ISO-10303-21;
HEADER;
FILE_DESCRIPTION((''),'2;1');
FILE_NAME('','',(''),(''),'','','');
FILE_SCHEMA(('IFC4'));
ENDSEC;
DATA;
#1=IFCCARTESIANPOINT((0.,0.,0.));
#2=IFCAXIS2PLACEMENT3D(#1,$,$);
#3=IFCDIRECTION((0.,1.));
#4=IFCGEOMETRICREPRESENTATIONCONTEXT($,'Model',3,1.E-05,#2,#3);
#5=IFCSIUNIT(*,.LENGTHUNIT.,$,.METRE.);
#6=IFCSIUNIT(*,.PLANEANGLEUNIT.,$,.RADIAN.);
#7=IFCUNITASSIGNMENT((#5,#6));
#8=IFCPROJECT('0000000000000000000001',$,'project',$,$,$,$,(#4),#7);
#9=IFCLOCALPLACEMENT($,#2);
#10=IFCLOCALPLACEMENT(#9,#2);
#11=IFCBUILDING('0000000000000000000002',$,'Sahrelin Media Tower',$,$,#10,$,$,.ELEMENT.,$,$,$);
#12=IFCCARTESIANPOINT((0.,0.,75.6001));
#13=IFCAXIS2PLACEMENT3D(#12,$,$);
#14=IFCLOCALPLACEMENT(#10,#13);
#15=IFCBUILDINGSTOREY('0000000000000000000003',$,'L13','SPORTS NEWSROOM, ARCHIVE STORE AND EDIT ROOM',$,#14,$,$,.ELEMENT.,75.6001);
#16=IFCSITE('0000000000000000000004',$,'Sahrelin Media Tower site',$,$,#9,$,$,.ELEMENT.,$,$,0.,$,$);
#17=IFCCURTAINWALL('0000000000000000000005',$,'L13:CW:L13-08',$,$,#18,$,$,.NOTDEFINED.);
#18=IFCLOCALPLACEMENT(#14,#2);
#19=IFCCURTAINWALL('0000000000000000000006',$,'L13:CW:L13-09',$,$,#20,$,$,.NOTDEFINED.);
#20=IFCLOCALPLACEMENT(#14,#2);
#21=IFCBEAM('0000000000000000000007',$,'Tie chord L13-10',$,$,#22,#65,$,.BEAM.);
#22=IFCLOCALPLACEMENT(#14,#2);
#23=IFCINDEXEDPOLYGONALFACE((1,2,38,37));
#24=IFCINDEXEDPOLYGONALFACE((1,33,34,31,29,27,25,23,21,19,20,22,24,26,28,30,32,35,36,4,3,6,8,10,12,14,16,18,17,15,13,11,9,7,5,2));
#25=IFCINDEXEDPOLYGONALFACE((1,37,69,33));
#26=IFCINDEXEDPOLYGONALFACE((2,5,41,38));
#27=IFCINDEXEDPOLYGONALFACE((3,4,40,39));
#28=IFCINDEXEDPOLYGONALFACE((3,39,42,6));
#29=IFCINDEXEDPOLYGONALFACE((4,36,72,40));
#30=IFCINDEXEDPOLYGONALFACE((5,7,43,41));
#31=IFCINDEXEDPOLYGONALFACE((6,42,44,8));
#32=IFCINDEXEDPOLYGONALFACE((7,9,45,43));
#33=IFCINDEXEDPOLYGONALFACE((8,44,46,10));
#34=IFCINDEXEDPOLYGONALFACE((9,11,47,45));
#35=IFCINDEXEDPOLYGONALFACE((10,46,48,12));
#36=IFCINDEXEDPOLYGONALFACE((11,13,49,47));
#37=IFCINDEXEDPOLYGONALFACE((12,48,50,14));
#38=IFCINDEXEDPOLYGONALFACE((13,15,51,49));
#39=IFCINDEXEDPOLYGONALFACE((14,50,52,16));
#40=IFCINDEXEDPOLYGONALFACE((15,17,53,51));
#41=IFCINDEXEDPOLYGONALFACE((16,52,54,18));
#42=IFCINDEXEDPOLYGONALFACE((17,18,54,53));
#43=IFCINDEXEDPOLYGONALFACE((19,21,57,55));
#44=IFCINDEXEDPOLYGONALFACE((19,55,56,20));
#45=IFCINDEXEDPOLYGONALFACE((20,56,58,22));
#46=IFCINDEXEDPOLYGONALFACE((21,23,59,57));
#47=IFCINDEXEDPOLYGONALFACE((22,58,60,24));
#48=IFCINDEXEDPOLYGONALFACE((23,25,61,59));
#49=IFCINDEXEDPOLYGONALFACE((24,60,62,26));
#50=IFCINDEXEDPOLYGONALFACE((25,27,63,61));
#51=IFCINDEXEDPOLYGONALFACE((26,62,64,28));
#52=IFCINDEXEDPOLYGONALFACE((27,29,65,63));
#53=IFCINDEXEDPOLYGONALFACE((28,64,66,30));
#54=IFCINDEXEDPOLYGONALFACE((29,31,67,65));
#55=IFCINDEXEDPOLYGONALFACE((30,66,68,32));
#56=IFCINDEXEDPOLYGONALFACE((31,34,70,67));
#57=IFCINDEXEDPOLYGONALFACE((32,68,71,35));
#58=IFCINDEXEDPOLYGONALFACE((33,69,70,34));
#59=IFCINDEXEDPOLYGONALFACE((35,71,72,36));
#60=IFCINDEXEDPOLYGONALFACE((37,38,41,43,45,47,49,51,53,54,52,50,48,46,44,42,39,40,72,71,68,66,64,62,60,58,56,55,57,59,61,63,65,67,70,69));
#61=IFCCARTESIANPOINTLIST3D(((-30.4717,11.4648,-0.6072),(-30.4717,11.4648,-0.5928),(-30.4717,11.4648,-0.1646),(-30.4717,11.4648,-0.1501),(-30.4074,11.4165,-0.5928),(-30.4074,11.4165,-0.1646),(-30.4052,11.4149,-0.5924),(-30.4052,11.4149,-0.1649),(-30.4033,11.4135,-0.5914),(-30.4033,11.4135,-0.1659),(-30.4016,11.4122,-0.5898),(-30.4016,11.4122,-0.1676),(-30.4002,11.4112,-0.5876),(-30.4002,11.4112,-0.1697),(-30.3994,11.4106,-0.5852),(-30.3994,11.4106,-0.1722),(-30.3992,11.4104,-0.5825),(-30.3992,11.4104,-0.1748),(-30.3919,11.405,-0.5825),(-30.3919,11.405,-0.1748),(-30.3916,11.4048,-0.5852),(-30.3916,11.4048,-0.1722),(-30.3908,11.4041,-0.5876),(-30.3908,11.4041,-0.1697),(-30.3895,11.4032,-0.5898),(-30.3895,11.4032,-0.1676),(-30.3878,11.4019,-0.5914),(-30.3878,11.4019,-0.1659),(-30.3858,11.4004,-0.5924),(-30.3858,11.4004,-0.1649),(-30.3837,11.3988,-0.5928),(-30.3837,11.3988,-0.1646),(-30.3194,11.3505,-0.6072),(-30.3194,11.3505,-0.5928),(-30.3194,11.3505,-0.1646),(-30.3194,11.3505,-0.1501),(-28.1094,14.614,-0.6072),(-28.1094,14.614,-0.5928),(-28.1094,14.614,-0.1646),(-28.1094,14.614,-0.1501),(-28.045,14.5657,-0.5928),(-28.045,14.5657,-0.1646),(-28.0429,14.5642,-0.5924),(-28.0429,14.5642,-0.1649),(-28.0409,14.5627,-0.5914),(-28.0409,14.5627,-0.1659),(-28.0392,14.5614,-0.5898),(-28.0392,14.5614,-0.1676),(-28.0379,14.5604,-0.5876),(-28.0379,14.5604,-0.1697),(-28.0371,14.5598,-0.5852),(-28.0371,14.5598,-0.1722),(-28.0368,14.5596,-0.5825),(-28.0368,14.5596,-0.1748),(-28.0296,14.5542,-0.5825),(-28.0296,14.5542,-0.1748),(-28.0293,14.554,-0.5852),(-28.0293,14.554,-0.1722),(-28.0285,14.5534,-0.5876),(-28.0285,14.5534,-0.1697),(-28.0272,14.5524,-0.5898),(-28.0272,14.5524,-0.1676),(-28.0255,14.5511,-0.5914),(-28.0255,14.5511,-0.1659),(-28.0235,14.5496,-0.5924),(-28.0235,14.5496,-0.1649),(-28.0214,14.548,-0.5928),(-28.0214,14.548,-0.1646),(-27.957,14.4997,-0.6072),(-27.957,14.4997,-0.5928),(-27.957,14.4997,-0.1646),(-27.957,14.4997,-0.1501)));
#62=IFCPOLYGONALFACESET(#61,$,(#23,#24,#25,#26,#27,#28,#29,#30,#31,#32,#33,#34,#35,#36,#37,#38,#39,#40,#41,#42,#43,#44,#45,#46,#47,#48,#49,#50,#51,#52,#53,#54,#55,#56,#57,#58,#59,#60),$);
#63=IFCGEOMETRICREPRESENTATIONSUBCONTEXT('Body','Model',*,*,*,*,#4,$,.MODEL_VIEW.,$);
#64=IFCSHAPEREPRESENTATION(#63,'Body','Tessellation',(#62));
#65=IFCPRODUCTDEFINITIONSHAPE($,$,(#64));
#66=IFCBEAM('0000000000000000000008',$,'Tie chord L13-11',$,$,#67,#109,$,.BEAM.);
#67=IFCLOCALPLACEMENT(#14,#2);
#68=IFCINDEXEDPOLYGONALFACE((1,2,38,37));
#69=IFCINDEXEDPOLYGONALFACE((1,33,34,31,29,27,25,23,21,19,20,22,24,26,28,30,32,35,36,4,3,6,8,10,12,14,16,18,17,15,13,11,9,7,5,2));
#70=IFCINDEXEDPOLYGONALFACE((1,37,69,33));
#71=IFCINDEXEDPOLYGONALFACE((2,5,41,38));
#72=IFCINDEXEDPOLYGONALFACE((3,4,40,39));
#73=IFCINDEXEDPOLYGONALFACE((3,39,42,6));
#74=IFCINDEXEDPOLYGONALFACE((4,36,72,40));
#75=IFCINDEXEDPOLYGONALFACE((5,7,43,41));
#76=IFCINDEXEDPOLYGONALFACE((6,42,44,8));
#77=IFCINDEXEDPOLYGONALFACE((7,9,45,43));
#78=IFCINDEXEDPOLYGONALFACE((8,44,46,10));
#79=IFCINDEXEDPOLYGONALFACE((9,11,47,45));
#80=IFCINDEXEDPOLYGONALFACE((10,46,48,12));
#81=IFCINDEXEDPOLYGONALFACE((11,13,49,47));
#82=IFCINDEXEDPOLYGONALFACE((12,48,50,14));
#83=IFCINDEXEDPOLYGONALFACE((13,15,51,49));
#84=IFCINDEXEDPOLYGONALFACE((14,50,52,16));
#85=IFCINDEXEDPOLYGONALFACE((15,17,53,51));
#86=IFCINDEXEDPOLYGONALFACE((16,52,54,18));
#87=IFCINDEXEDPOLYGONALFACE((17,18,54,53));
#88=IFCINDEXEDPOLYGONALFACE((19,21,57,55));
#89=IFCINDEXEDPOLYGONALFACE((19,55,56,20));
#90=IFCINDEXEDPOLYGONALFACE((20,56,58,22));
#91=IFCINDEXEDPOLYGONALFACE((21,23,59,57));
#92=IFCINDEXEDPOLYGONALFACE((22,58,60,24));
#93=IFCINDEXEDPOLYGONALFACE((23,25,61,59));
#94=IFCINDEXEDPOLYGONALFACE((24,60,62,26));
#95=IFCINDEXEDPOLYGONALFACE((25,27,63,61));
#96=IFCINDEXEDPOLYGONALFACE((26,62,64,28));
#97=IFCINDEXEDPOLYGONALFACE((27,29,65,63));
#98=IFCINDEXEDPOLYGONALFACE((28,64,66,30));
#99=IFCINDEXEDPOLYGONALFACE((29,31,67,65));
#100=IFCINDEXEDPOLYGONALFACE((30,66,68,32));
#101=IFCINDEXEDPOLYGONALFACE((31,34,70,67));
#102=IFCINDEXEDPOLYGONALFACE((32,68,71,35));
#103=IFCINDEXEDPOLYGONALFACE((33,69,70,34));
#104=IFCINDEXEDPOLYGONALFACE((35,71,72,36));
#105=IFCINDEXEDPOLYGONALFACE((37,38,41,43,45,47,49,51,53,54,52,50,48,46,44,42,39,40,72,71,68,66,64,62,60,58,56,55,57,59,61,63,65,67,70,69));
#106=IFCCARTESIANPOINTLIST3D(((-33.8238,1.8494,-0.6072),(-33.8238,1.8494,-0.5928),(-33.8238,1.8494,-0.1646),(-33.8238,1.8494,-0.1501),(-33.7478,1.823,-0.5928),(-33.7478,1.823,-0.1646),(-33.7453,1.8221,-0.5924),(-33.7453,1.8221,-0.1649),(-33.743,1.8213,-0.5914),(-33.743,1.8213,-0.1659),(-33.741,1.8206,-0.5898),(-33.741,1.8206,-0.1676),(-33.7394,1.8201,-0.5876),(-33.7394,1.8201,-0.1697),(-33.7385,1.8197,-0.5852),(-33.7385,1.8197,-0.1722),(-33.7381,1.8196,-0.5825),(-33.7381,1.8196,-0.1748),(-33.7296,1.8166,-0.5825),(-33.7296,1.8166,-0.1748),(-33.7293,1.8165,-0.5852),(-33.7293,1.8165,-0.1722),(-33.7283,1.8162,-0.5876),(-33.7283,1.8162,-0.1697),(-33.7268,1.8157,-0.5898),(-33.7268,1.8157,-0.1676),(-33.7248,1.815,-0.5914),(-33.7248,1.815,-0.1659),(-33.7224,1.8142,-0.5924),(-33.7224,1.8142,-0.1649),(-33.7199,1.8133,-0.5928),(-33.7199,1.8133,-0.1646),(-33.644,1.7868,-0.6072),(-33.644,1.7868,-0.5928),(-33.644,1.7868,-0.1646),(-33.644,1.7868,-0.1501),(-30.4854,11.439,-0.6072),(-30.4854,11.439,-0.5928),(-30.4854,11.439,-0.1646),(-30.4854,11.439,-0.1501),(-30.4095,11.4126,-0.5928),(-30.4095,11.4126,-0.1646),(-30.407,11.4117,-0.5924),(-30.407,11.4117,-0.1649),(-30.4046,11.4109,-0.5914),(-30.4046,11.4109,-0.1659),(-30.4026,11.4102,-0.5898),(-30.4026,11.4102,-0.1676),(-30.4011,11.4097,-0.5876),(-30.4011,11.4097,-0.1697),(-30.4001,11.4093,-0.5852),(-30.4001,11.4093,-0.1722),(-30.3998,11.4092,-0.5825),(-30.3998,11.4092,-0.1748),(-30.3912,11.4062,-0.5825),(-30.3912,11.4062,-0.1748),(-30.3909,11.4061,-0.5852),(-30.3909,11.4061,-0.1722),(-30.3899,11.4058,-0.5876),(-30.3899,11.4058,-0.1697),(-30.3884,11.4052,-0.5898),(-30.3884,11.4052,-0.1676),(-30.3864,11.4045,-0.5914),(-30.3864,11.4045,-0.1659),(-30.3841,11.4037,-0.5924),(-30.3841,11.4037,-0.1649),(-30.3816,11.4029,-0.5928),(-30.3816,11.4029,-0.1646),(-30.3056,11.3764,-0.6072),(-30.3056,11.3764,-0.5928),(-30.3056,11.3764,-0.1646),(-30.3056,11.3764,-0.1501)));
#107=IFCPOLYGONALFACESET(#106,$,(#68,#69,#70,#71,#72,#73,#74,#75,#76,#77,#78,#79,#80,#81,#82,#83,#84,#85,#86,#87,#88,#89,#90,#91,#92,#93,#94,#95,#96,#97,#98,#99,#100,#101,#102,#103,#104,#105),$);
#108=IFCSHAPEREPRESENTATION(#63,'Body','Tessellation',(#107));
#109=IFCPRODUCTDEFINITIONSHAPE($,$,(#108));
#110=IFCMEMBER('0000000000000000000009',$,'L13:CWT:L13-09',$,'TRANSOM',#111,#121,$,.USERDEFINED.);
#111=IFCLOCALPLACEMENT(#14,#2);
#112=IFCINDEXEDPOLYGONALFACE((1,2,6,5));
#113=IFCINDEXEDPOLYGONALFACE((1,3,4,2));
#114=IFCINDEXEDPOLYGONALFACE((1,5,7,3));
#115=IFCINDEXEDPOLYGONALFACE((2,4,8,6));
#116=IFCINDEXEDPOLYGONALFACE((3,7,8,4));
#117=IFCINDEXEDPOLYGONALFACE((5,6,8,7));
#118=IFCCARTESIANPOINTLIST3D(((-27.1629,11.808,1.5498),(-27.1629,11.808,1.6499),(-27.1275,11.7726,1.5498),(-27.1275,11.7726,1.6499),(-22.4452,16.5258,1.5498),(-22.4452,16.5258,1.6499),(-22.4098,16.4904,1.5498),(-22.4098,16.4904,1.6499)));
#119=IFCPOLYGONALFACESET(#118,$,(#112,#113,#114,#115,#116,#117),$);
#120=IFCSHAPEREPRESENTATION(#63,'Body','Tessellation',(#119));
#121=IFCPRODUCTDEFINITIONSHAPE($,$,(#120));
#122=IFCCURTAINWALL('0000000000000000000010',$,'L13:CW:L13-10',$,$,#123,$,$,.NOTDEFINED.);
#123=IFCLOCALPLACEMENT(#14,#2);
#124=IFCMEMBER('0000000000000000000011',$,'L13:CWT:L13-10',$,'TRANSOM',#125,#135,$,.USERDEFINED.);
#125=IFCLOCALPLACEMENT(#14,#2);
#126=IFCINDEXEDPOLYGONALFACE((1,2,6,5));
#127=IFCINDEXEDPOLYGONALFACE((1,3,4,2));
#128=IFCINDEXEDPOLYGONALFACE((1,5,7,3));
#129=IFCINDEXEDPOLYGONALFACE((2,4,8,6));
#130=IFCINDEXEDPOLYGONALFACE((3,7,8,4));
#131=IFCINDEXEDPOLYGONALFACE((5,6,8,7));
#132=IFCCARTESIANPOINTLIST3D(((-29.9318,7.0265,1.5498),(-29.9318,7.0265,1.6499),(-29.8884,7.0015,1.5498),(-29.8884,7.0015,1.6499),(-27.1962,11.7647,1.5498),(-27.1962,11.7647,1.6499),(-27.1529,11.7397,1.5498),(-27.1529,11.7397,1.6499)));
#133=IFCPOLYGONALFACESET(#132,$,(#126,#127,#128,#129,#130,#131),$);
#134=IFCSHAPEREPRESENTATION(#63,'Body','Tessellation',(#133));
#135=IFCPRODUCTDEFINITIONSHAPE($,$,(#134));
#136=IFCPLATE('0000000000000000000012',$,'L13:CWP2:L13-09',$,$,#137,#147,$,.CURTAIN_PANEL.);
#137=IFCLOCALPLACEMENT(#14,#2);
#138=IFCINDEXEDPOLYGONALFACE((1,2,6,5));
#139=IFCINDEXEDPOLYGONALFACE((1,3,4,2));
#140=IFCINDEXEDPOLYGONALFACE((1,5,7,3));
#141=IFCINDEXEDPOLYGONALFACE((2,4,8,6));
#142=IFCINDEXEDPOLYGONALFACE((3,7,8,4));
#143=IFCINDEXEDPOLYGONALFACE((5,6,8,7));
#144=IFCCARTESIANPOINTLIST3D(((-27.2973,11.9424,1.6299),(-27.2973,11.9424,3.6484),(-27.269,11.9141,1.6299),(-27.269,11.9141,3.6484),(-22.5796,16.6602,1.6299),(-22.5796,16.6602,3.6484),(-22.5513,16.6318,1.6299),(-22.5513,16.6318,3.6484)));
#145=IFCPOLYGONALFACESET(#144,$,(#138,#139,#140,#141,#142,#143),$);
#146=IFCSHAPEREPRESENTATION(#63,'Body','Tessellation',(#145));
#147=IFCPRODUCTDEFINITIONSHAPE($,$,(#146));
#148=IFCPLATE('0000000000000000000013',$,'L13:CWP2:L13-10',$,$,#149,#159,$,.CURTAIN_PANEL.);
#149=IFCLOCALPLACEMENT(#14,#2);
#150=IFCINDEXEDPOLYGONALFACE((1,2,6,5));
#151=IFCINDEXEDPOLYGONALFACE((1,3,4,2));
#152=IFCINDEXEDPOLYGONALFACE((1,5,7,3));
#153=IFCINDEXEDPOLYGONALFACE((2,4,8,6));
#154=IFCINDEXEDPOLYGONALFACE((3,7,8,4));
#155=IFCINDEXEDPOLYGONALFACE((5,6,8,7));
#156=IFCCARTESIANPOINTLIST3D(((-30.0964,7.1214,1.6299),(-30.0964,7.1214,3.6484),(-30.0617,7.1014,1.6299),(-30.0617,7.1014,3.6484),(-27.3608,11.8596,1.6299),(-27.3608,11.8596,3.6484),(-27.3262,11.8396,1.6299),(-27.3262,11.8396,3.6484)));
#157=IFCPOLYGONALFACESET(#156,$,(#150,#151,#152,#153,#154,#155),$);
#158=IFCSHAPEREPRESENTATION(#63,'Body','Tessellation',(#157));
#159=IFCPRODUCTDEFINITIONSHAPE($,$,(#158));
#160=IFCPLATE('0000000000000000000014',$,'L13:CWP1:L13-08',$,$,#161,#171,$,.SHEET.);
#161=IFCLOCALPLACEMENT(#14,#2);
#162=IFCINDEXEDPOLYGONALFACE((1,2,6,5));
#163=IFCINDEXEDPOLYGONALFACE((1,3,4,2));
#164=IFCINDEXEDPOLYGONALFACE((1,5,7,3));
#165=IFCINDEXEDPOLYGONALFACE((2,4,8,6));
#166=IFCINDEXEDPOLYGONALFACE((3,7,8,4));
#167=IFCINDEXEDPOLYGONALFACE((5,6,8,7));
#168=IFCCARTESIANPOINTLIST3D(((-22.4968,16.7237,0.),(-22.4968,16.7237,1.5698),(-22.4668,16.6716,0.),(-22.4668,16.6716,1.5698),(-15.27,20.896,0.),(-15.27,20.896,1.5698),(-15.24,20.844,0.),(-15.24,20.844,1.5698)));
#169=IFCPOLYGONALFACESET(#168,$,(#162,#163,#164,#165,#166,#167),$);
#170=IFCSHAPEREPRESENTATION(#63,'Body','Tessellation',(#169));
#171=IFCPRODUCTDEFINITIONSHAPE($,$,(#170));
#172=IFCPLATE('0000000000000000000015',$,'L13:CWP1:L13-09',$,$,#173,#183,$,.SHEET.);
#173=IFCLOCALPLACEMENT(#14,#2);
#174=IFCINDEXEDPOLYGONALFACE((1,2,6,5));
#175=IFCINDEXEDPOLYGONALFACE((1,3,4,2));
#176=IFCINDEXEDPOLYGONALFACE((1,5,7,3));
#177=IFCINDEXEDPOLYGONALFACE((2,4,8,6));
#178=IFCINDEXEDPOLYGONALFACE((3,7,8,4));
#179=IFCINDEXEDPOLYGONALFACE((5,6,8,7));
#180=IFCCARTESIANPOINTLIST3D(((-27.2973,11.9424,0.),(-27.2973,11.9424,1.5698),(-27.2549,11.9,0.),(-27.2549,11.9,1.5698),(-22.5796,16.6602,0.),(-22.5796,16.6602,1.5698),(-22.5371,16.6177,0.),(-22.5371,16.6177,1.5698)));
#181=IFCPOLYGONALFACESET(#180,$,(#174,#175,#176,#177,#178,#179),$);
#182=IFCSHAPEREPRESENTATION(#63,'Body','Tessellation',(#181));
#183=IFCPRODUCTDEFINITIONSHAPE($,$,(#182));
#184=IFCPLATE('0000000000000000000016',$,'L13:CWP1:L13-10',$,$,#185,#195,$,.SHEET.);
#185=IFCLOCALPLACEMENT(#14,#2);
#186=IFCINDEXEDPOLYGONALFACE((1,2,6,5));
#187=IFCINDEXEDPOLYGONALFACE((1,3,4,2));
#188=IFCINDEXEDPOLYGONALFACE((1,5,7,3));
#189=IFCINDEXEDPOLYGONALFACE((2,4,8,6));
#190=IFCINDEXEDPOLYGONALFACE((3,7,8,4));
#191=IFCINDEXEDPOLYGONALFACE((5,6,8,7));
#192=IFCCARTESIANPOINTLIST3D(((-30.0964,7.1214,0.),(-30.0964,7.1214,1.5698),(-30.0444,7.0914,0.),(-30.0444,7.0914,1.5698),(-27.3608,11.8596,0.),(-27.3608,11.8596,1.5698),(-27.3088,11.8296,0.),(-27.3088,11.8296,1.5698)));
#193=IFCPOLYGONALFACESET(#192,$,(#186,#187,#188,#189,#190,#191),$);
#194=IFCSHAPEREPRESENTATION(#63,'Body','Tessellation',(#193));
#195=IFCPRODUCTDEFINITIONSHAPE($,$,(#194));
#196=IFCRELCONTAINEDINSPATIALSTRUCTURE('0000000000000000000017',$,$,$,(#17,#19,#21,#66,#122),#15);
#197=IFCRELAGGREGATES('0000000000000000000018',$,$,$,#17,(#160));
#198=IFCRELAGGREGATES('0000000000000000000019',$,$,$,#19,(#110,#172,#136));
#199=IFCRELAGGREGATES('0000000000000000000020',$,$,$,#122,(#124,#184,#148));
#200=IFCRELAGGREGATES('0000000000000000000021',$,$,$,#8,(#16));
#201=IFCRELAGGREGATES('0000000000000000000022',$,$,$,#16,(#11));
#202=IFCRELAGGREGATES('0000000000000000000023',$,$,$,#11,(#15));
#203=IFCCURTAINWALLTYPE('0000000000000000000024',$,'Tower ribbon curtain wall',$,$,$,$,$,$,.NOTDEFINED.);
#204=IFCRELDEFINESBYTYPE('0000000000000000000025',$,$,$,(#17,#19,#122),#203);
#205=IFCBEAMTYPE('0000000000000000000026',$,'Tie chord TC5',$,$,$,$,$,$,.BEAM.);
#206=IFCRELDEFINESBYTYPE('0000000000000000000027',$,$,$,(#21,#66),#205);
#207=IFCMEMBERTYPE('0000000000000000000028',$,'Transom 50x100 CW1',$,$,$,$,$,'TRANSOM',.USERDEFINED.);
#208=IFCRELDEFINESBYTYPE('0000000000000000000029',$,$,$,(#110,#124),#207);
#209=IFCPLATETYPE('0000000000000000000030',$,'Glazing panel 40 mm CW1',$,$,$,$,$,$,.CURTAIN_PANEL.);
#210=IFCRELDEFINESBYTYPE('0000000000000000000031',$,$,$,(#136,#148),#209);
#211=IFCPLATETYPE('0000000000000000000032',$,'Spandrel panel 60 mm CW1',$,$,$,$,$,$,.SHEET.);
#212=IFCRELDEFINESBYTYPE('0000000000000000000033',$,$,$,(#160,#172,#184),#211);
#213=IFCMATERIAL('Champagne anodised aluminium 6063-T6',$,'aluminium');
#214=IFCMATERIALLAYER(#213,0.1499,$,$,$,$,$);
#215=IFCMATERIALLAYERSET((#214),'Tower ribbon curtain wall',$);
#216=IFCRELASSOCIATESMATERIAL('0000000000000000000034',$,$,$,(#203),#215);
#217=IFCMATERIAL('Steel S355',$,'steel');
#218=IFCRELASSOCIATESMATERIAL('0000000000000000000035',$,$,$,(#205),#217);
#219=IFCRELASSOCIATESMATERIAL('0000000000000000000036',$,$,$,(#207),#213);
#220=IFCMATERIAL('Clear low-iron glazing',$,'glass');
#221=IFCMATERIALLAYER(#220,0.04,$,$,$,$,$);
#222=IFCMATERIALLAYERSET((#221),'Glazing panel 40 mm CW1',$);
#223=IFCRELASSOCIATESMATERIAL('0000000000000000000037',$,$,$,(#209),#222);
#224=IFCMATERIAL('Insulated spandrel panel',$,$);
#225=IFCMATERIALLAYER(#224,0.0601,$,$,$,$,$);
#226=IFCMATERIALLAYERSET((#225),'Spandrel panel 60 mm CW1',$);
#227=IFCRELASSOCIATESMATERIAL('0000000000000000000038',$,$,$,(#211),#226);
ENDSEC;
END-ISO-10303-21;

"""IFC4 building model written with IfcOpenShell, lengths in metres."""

from ifc_helpers import new_model, si_unit, direction, frame, origin, origin_2d, place, context, subcontext, project, spatial, polyline, rectangle, i_section, outline, extrude, material, layer, layer_set, material_profile, profile_set, type_object, element, aggregate, save


model = new_model("IFC4")

# Units and contexts
model_context = context("Model", 3, precision=1e-05, world=origin(), true_north=direction((0.0, 1.0)))
body_context = subcontext(model_context, "Body", "Model", "MODEL_VIEW")
ifc_project = project(units=[si_unit("LENGTHUNIT", "METRE"), si_unit("PLANEANGLEUNIT", "RADIAN")], contexts=[model_context])

# Site, building, storey
site_placement = place(None, origin())
site = spatial("IfcSite", under=ifc_project, at=site_placement, Name="Sahrelin Media Tower site", CompositionType="ELEMENT", RefElevation=0.0)
building_placement = place(site_placement, origin())
building = spatial("IfcBuilding", under=site, at=building_placement, Name="Sahrelin Media Tower", CompositionType="ELEMENT")
storey_placement = place(building_placement, frame((0.0, 0.0, 75.6001)))
storey = spatial("IfcBuildingStorey", under=building, at=storey_placement, Name="L13", Description="SPORTS NEWSROOM, ARCHIVE STORE AND EDIT ROOM", CompositionType="ELEMENT", Elevation=75.6001)

# Shared definitions
ifc_material_1 = material(Name="Steel S355", Category="steel")

# Curtain walls
ifc_material_2 = material(Name="Champagne anodised aluminium 6063-T6", Category="aluminium")
ifc_layer_1 = layer(ifc_material_2, 0.1499)
ifc_layer_set_1 = layer_set([ifc_layer_1], Name="Tower ribbon curtain wall")
curtain_wall_type = type_object("IfcCurtainWallType", Name="Tower ribbon curtain wall", PredefinedType="NOTDEFINED", material=ifc_layer_set_1)
curtain_wall_1_placement = place(storey_placement, frame((-18.8733, 18.7925, 0.0), z_axis=(0.0, 0.0, 1.0), x_axis=(1.0, 0.0, 0.0)))
curtain_wall_1 = element("IfcCurtainWall", 1, at=curtain_wall_1_placement, inside=storey, type_object=curtain_wall_type, Name="L13:CW:L13-08", PredefinedType="NOTDEFINED")
curtain_wall_2_placement = place(storey_placement, frame((-24.9243, 14.2871, 0.0), z_axis=(0.0, 0.0, 1.0), x_axis=(1.0, 0.0, 0.0)))
curtain_wall_2 = element("IfcCurtainWall", 2, at=curtain_wall_2_placement, inside=storey, type_object=curtain_wall_type, Name="L13:CW:L13-09", PredefinedType="NOTDEFINED")

# Beams
ifc_material_profile_1 = material_profile(ifc_material_1, i_section(OverallWidth=0.1904, OverallDepth=0.457, WebThickness=0.009, FlangeThickness=0.0144, FilletRadius=0.0103, at=origin_2d()), Name="UB 457x191x74")
ifc_profile_set_1 = profile_set([ifc_material_profile_1], Name="Steel S355")
beam_type_1 = type_object("IfcBeamType", Name="Tie chord TC5", PredefinedType="BEAM", material=ifc_profile_set_1)
beam_1_placement = place(storey_placement, frame((-28.0332, 14.5569, -0.3787), z_axis=(-0.600069, -0.799948, 0.0), x_axis=(0.799948, -0.600069, 0.0)))
element("IfcBeam", 3, at=beam_1_placement, inside=storey, type_object=beam_type_1, Name="Tie chord L13-10", PredefinedType="BEAM", context=body_context, shape_type="SweptSolid", body=[
    extrude(i_section(OverallWidth=0.1904, OverallDepth=0.457, WebThickness=0.009, FlangeThickness=0.0144, FilletRadius=0.0103, at=origin_2d()), origin(), (0.0, 0.0, 1.0), 3.9368),
])
beam_2_placement = place(storey_placement, frame((-30.3955, 11.4077, -0.3787), z_axis=(-0.328772, -0.944409, 0.0), x_axis=(0.944409, -0.328772, 0.0)))
element("IfcBeam", 4, at=beam_2_placement, inside=storey, type_object=beam_type_1, Name="Tie chord L13-11", PredefinedType="BEAM", context=body_context, shape_type="SweptSolid", body=[
    extrude(i_section(OverallWidth=0.1904, OverallDepth=0.457, WebThickness=0.009, FlangeThickness=0.0144, FilletRadius=0.0103, at=origin_2d()), origin(), (0.0, 0.0, 1.0), 10.1541),
])

# Member
ifc_material_profile_2 = material_profile(ifc_material_2, rectangle(XDim=0.05, YDim=0.1001, at=origin_2d()), Name="Transom 50x100")
ifc_profile_set_2 = profile_set([ifc_material_profile_2], Name="Champagne anodised aluminium 6063-T6")
member_type_1 = type_object("IfcMemberType", Name="Transom 50x100 CW1", ElementType="TRANSOM", PredefinedType="USERDEFINED", material=ifc_profile_set_2)
member_1_placement = place(storey_placement, frame((-22.4275, 16.5081, 1.5999), z_axis=(-0.707107, -0.707107, 0.0), x_axis=(0.707107, -0.707107, 0.0)))
member_1 = element("IfcMember", 5, at=member_1_placement, type_object=member_type_1, Name="L13:CWT:L13-09", ObjectType="TRANSOM", PredefinedType="USERDEFINED", context=body_context, shape_type="SweptSolid", body=[
    extrude(rectangle(XDim=0.05, YDim=0.1001, at=origin_2d()), origin(), (0.0, 0.0, 1.0), 6.6719),
])

# Curtain wall, member
curtain_wall_3_placement = place(storey_placement, frame((-28.7112, 9.4805, 0.0), z_axis=(0.0, 0.0, 1.0), x_axis=(1.0, 0.0, 0.0)))
curtain_wall_3 = element("IfcCurtainWall", 6, at=curtain_wall_3_placement, inside=storey, type_object=curtain_wall_type, Name="L13:CW:L13-10", PredefinedType="NOTDEFINED")
member_2_placement = place(storey_placement, frame((-27.1746, 11.7522, 1.5999), z_axis=(-0.499993, -0.86603, 0.0), x_axis=(0.86603, -0.499993, 0.0)))
member_2 = element("IfcMember", 7, at=member_2_placement, type_object=member_type_1, Name="L13:CWT:L13-10", ObjectType="TRANSOM", PredefinedType="USERDEFINED", context=body_context, shape_type="SweptSolid", body=[
    extrude(rectangle(XDim=0.05, YDim=0.1001, at=origin_2d()), origin(), (0.0, 0.0, 1.0), 5.4712),
])

# Plates
ifc_material_3 = material(Name="Clear low-iron glazing", Category="glass")
ifc_layer_2 = layer(ifc_material_3, 0.04)
ifc_layer_set_2 = layer_set([ifc_layer_2], Name="Glazing panel 40 mm CW1")
plate_type_1 = type_object("IfcPlateType", Name="Glazing panel 40 mm CW1", PredefinedType="CURTAIN_PANEL", material=ifc_layer_set_2)
plate_1_placement = place(storey_placement, frame((-22.5796, 16.6602, 1.6299), z_axis=(-0.707107, 0.707107, 0.0), x_axis=(-0.707107, -0.707107, 0.0)))
plate_1 = element("IfcPlate", 8, at=plate_1_placement, type_object=plate_type_1, Name="L13:CWP2:L13-09", PredefinedType="CURTAIN_PANEL", context=body_context, shape_type="SweptSolid", body=[
    extrude(outline(polyline([(0.0, 0.0), (6.6719, 0.0), (6.6719, 2.0186), (0.0, 2.0186), (0.0, 0.0)])), origin(), (0.0, 0.0, -1.0), 0.04),
])
plate_2_placement = place(storey_placement, frame((-27.3608, 11.8596, 1.6299), z_axis=(-0.86603, 0.499993, 0.0), x_axis=(-0.499993, -0.86603, 0.0)))
plate_2 = element("IfcPlate", 9, at=plate_2_placement, type_object=plate_type_1, Name="L13:CWP2:L13-10", PredefinedType="CURTAIN_PANEL", context=body_context, shape_type="SweptSolid", body=[
    extrude(outline(polyline([(0.0, 0.0), (5.4712, 0.0), (5.4712, 2.0186), (0.0, 2.0186), (0.0, 0.0)])), origin(), (0.0, 0.0, -1.0), 0.04),
])
ifc_material_4 = material(Name="Insulated spandrel panel")
ifc_layer_3 = layer(ifc_material_4, 0.0601)
ifc_layer_set_3 = layer_set([ifc_layer_3], Name="Spandrel panel 60 mm CW1")
plate_type_2 = type_object("IfcPlateType", Name="Spandrel panel 60 mm CW1", PredefinedType="SHEET", material=ifc_layer_set_3)
plate_3_placement = place(storey_placement, frame((-15.27, 20.896, 0.0), z_axis=(-0.499997, 0.866027, 0.0), x_axis=(-0.866027, -0.499997, 0.0)))
plate_3 = element("IfcPlate", 10, at=plate_3_placement, type_object=plate_type_2, Name="L13:CWP1:L13-08", PredefinedType="SHEET", context=body_context, shape_type="SweptSolid", body=[
    extrude(outline(polyline([(0.0, 0.0), (8.3447, 0.0), (8.3447, 1.5698), (0.0, 1.5698), (0.0, 0.0)])), origin(), (0.0, 0.0, -1.0), 0.0601),
])
aggregate(curtain_wall_1, [plate_3])
plate_4_placement = place(storey_placement, frame((-22.5796, 16.6602, 0.0), z_axis=(-0.707107, 0.707107, 0.0), x_axis=(-0.707107, -0.707107, 0.0)))
plate_4 = element("IfcPlate", 11, at=plate_4_placement, type_object=plate_type_2, Name="L13:CWP1:L13-09", PredefinedType="SHEET", context=body_context, shape_type="SweptSolid", body=[
    extrude(outline(polyline([(0.0, 0.0), (6.6719, 0.0), (6.6719, 1.5698), (0.0, 1.5698), (0.0, 0.0)])), origin(), (0.0, 0.0, -1.0), 0.0601),
])
aggregate(curtain_wall_2, [member_1, plate_4, plate_1])
plate_5_placement = place(storey_placement, frame((-27.3608, 11.8596, 0.0), z_axis=(-0.86603, 0.499993, 0.0), x_axis=(-0.499993, -0.86603, 0.0)))
plate_5 = element("IfcPlate", 12, at=plate_5_placement, type_object=plate_type_2, Name="L13:CWP1:L13-10", PredefinedType="SHEET", context=body_context, shape_type="SweptSolid", body=[
    extrude(outline(polyline([(0.0, 0.0), (5.4712, 0.0), (5.4712, 1.5698), (0.0, 1.5698), (0.0, 0.0)])), origin(), (0.0, 0.0, -1.0), 0.0601),
])
aggregate(curtain_wall_3, [member_2, plate_5, plate_2])

save(model, "model.ifc")
